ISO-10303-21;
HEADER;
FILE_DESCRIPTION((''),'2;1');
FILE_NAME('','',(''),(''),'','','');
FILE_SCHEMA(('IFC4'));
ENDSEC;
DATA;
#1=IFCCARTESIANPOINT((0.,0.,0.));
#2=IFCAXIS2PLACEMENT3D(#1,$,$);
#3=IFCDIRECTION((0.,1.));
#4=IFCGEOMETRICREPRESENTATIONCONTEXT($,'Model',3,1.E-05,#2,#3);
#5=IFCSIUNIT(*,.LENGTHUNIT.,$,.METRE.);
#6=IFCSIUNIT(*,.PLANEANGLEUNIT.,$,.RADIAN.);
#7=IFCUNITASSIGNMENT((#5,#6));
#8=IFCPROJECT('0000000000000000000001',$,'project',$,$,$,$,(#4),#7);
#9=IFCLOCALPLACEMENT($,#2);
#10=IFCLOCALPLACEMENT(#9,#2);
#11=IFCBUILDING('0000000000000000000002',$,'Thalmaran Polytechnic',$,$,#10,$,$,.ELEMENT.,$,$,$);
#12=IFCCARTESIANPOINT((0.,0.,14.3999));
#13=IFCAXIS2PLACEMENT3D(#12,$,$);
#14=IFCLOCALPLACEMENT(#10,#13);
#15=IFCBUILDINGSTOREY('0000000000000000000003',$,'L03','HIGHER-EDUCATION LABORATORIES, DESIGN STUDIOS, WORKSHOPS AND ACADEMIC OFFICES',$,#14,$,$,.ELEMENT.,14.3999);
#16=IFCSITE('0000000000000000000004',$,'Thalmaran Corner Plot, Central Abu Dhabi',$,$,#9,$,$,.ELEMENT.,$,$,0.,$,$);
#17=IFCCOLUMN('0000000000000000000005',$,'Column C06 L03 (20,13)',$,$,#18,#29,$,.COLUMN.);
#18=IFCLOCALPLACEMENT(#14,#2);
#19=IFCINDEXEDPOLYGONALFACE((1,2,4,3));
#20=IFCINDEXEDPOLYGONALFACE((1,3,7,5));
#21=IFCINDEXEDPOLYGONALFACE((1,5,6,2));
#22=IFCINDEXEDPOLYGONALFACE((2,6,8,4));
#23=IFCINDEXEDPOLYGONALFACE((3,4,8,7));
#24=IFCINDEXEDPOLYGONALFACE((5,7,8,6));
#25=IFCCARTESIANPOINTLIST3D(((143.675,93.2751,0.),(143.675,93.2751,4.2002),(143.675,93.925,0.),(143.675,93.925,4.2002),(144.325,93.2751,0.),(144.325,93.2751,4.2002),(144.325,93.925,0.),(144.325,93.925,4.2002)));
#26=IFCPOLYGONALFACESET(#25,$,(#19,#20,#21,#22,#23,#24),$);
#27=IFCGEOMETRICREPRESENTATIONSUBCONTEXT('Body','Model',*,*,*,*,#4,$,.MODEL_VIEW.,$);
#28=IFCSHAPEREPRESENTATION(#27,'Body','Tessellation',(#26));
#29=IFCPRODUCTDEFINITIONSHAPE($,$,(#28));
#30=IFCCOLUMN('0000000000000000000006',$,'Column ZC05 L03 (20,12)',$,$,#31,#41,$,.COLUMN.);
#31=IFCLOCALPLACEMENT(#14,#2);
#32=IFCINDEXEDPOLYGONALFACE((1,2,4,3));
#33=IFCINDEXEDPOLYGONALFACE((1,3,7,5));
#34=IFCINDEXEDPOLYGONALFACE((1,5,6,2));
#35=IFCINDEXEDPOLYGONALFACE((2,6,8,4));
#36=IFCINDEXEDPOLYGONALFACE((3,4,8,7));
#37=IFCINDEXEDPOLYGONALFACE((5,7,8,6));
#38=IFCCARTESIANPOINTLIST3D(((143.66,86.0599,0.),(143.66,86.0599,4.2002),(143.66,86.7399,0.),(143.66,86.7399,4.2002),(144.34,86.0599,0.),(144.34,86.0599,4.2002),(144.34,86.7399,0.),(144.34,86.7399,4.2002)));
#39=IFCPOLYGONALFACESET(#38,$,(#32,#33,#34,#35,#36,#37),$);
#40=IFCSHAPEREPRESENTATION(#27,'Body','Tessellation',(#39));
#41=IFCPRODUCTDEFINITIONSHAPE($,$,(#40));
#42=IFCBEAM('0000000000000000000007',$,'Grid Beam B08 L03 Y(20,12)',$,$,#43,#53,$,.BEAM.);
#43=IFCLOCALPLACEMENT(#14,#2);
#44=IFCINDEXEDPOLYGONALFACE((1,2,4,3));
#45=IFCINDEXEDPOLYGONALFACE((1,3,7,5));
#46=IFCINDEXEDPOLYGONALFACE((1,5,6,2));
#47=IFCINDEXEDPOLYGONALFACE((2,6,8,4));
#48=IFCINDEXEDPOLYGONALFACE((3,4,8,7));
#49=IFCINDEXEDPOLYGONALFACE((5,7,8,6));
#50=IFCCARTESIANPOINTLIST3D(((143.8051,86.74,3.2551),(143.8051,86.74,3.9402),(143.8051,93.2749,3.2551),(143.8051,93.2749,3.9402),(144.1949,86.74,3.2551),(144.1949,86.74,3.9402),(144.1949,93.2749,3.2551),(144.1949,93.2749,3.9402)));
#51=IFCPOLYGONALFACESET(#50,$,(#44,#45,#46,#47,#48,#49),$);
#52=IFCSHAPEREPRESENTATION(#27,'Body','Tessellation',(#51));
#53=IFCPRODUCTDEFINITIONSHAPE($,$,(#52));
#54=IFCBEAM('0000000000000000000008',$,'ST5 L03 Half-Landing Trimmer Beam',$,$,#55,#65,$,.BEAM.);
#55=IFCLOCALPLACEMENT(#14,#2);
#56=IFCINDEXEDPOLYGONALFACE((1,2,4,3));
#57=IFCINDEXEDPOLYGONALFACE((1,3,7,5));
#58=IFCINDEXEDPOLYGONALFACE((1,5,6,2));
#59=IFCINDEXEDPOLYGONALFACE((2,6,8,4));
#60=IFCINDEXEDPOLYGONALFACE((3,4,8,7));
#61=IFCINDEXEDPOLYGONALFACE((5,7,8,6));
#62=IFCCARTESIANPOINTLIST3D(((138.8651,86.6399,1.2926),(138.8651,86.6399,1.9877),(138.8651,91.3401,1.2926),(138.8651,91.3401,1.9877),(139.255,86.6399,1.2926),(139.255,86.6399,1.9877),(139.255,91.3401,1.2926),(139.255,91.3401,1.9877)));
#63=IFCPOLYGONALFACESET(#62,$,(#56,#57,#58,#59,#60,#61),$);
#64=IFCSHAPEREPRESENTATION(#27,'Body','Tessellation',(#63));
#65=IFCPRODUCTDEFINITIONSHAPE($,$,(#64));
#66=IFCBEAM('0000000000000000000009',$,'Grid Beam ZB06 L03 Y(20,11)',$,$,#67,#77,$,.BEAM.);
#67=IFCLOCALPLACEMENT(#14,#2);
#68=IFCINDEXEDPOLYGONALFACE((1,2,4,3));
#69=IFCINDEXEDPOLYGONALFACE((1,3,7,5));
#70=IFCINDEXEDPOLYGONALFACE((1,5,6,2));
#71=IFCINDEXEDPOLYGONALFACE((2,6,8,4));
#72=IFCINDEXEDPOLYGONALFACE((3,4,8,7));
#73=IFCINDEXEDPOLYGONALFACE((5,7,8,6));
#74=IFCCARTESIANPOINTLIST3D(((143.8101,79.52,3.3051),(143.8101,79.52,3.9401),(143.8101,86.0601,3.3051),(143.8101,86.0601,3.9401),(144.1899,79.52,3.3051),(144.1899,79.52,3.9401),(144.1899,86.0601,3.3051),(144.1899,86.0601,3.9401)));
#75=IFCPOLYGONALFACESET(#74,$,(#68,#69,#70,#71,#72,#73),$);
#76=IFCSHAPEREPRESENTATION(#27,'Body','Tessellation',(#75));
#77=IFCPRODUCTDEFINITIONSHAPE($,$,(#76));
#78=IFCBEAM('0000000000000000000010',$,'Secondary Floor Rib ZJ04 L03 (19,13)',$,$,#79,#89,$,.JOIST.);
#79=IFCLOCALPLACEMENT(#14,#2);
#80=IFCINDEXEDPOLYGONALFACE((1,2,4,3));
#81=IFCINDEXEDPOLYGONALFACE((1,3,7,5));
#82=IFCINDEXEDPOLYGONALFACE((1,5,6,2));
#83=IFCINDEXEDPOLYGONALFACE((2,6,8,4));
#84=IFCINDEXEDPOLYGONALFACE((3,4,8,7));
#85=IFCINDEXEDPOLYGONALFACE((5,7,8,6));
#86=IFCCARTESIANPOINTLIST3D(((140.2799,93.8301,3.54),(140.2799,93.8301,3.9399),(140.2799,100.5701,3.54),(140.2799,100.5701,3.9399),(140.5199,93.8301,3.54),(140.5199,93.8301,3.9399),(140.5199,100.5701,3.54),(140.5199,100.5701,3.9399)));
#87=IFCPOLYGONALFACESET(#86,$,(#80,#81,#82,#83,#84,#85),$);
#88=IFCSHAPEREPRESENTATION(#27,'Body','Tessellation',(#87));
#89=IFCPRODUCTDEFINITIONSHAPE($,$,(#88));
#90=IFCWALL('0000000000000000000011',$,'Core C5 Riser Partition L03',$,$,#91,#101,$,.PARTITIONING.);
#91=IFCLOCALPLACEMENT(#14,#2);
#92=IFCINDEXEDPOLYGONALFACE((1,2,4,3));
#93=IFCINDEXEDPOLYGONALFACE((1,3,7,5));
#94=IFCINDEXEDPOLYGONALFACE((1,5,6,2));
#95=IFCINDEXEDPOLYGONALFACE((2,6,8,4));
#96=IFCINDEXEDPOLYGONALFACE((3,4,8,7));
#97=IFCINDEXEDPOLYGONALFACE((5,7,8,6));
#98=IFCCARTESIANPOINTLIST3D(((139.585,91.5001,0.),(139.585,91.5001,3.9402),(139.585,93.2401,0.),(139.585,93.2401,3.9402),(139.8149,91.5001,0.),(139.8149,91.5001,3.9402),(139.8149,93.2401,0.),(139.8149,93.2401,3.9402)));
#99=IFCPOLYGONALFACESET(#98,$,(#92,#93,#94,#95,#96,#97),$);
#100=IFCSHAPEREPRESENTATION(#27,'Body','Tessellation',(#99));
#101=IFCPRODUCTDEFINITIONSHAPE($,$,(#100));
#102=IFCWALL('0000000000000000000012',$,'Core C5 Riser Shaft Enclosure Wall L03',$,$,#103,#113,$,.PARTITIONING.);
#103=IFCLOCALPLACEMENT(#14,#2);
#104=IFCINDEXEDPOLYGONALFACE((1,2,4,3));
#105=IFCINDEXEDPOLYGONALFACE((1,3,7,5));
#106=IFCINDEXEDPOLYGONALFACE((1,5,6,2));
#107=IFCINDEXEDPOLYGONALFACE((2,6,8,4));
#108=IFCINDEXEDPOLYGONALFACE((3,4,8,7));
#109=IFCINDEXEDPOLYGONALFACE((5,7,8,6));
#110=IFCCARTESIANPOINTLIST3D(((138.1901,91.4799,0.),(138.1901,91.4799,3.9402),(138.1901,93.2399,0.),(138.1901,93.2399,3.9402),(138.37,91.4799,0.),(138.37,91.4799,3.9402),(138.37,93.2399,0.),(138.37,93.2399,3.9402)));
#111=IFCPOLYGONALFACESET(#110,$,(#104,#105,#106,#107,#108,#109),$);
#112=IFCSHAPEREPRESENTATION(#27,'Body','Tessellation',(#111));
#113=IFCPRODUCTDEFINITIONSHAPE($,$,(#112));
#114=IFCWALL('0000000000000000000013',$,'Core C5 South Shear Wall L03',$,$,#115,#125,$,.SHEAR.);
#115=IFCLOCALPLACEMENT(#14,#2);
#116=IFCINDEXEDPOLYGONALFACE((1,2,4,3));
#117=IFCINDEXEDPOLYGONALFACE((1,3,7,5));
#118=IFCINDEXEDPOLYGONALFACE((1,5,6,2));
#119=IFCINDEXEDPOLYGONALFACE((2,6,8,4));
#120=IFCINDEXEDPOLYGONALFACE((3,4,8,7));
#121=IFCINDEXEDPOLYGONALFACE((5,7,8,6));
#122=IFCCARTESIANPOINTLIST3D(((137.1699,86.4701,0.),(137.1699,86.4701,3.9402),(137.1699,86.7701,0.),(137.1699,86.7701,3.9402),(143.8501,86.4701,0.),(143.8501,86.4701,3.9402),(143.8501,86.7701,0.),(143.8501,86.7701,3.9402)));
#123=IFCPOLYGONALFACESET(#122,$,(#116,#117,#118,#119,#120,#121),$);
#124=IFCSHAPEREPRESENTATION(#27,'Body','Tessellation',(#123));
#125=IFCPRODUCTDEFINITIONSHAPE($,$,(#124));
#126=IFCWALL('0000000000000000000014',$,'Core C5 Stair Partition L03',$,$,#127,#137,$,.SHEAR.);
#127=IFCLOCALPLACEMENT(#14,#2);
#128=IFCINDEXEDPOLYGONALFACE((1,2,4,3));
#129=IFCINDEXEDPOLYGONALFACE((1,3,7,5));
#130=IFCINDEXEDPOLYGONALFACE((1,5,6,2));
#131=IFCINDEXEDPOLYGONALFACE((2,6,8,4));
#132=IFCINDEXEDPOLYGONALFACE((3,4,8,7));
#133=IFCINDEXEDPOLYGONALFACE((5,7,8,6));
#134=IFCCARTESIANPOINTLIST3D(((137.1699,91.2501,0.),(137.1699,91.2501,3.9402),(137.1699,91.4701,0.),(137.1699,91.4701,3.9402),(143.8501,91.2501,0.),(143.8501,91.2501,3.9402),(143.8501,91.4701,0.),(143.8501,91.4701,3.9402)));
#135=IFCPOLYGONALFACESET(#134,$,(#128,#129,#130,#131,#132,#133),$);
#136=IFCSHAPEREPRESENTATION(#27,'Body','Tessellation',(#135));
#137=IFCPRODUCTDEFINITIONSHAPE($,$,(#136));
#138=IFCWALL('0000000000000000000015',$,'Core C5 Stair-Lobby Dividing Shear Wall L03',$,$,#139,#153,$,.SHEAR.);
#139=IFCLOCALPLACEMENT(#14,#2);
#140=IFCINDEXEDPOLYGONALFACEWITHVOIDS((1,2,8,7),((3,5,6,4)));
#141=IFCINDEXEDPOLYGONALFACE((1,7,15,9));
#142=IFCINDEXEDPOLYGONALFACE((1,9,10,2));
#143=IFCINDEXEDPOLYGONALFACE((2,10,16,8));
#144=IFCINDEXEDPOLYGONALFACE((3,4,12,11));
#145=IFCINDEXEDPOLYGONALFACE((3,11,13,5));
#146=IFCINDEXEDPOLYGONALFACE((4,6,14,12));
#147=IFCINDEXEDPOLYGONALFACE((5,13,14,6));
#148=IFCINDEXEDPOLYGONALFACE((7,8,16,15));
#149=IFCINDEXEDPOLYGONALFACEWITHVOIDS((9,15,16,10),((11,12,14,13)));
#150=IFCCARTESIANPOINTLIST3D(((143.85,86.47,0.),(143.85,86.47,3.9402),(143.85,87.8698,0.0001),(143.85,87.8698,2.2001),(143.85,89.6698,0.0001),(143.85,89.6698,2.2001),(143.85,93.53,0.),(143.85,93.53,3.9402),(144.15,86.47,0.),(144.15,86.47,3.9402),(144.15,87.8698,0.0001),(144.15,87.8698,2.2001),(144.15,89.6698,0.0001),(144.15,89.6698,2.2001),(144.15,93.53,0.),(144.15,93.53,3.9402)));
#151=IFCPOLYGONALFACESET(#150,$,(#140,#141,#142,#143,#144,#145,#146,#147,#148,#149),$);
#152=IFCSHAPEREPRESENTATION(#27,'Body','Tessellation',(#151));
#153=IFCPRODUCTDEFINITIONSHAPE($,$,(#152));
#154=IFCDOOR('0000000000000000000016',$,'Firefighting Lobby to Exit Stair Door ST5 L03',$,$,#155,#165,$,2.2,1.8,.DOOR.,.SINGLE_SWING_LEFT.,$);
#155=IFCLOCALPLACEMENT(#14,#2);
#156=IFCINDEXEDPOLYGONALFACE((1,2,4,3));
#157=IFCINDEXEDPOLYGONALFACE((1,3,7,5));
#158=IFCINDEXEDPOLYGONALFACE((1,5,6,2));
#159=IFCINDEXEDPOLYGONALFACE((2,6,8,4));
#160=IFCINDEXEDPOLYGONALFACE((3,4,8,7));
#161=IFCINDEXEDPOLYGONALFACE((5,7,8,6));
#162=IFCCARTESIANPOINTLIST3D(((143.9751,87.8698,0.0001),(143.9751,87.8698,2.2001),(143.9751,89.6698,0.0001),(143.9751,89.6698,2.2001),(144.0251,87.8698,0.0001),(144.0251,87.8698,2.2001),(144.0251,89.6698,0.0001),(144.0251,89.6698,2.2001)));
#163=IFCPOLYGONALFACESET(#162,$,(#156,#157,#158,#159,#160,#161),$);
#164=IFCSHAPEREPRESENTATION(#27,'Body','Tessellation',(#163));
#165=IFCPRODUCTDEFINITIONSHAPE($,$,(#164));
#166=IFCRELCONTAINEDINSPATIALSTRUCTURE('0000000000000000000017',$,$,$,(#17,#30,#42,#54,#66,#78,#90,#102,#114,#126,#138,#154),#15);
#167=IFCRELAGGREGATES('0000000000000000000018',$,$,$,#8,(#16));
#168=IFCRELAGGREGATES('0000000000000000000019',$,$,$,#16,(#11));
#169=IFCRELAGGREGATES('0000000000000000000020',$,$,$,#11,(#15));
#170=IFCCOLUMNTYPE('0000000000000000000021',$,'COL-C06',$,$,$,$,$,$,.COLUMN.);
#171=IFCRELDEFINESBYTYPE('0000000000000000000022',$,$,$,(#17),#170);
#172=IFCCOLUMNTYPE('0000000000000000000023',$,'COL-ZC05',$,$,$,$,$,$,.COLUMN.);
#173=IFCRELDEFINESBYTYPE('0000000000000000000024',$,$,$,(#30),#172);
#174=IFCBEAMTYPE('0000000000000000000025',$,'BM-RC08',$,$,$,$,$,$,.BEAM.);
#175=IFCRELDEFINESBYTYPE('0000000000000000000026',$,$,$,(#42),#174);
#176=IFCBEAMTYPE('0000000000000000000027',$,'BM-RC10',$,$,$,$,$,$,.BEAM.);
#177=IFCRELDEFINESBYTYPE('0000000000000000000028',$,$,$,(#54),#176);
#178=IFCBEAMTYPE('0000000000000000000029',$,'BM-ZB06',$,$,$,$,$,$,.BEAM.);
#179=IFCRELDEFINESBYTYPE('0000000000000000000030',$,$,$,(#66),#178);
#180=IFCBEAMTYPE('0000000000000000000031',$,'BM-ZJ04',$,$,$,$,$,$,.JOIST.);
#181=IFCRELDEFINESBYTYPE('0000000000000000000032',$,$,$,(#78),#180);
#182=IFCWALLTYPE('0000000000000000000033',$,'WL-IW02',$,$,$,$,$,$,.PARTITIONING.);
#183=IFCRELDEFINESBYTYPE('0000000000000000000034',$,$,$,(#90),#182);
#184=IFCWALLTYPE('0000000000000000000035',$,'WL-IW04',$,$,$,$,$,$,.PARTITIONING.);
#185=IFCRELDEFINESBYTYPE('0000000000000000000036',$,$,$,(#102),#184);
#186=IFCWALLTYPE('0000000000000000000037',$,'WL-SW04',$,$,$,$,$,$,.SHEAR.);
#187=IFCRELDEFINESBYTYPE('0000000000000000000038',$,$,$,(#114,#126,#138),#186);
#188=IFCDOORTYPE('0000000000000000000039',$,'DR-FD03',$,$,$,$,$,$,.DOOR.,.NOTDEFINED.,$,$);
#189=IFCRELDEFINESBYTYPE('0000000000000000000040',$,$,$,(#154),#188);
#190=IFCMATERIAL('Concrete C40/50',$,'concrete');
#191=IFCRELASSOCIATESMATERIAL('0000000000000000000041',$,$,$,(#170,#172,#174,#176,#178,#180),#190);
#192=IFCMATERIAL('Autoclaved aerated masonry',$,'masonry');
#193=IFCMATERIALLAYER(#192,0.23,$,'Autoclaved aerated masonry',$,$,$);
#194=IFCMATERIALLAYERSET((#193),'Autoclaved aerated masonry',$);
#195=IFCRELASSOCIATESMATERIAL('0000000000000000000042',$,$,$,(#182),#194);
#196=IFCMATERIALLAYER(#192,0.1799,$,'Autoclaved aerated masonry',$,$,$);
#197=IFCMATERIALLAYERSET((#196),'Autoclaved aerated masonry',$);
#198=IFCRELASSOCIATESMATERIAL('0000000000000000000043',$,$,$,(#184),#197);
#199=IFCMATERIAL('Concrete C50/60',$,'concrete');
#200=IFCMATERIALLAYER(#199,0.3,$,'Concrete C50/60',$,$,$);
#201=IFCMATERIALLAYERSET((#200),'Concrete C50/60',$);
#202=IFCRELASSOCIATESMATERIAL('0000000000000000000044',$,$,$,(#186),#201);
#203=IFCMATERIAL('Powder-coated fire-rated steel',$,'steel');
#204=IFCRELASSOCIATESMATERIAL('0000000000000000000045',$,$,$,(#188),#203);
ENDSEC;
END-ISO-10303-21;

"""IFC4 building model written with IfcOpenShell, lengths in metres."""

from ifc_helpers import new_model, si_unit, direction, frame, frame_2d, origin, origin_2d, place, context, subcontext, project, spatial, rectangle, extrude, material, layer, layer_set, material_profile, profile_set, type_object, element, fill, save


model = new_model("IFC4")

# Units and contexts
model_context = context("Model", 3, precision=1e-05, world=origin(), true_north=direction((0.0, 1.0)))
body_context = subcontext(model_context, "Body", "Model", "MODEL_VIEW")
ifc_project = project(units=[si_unit("LENGTHUNIT", "METRE"), si_unit("PLANEANGLEUNIT", "RADIAN")], contexts=[model_context])

# Site, building, storey
site_placement = place(None, origin())
site = spatial("IfcSite", under=ifc_project, at=site_placement, Name="Thalmaran Corner Plot, Central Abu Dhabi", CompositionType="ELEMENT", RefElevation=0.0)
building_placement = place(site_placement, origin())
building = spatial("IfcBuilding", under=site, at=building_placement, Name="Thalmaran Polytechnic", CompositionType="ELEMENT")
storey_placement = place(building_placement, frame((0.0, 0.0, 14.3999)))
storey = spatial("IfcBuildingStorey", under=building, at=storey_placement, Name="L03", Description="HIGHER-EDUCATION LABORATORIES, DESIGN STUDIOS, WORKSHOPS AND ACADEMIC OFFICES", CompositionType="ELEMENT", Elevation=14.3999)

# Columns
ifc_material_1 = material(Name="Concrete C40/50", Category="concrete")
ifc_material_profile_1 = material_profile(ifc_material_1, rectangle(XDim=0.6499, YDim=0.6499, at=origin_2d()), Name="RC 650x650")
ifc_profile_set_1 = profile_set([ifc_material_profile_1], Name="Concrete C40/50")
column_type_1 = type_object("IfcColumnType", Name="COL-C06", PredefinedType="COLUMN", material=ifc_profile_set_1)
column_1_placement = place(storey_placement, frame((144.0, 93.6001, 0.0), z_axis=(0.0, 0.0, 1.0), x_axis=(1.0, 0.0, 0.0)))
element("IfcColumn", 1, at=column_1_placement, inside=storey, type_object=column_type_1, Name="Column C06 L03 (20,13)", PredefinedType="COLUMN", context=body_context, shape_type="SweptSolid", body=[
    extrude(rectangle(XDim=0.6499, YDim=0.6499, at=origin_2d()), origin(), (0.0, 0.0, 1.0), 4.2002),
])
ifc_material_profile_2 = material_profile(ifc_material_1, rectangle(XDim=0.6799, YDim=0.6799, at=origin_2d()), Name="RC 680x680")
ifc_profile_set_2 = profile_set([ifc_material_profile_2], Name="Concrete C40/50")
column_type_2 = type_object("IfcColumnType", Name="COL-ZC05", PredefinedType="COLUMN", material=ifc_profile_set_2)
column_2_placement = place(storey_placement, frame((144.0, 86.3999, 0.0), z_axis=(0.0, 0.0, 1.0), x_axis=(1.0, 0.0, 0.0)))
element("IfcColumn", 2, at=column_2_placement, inside=storey, type_object=column_type_2, Name="Column ZC05 L03 (20,12)", PredefinedType="COLUMN", context=body_context, shape_type="SweptSolid", body=[
    extrude(rectangle(XDim=0.6799, YDim=0.6799, at=origin_2d()), origin(), (0.0, 0.0, 1.0), 4.2002),
])

# Beams
ifc_material_profile_3 = material_profile(ifc_material_1, rectangle(XDim=0.3899, YDim=0.6851, at=origin_2d()), Name="RC 390x685")
ifc_profile_set_3 = profile_set([ifc_material_profile_3], Name="Concrete C40/50")
beam_type_1 = type_object("IfcBeamType", Name="BM-RC08", PredefinedType="BEAM", material=ifc_profile_set_3)
beam_1_placement = place(storey_placement, frame((144.0, 86.74, 3.5977), z_axis=(0.0, 1.0, 0.0), x_axis=(-1.0, 0.0, 0.0)))
element("IfcBeam", 3, at=beam_1_placement, inside=storey, type_object=beam_type_1, Name="Grid Beam B08 L03 Y(20,12)", PredefinedType="BEAM", context=body_context, shape_type="SweptSolid", body=[
    extrude(rectangle(XDim=0.3899, YDim=0.6851, at=origin_2d()), origin(), (0.0, 0.0, 1.0), 6.5349),
])
ifc_material_profile_4 = material_profile(ifc_material_1, rectangle(XDim=0.3899, YDim=0.6951, at=origin_2d()), Name="RC 390x695")
ifc_profile_set_4 = profile_set([ifc_material_profile_4], Name="Concrete C40/50")
beam_type_2 = type_object("IfcBeamType", Name="BM-RC10", PredefinedType="BEAM", material=ifc_profile_set_4)
beam_2_placement = place(storey_placement, frame((139.0601, 86.6399, 1.6401), z_axis=(0.0, 1.0, 0.0), x_axis=(-1.0, 0.0, 0.0)))
element("IfcBeam", 4, at=beam_2_placement, inside=storey, type_object=beam_type_2, Name="ST5 L03 Half-Landing Trimmer Beam", PredefinedType="BEAM", context=body_context, shape_type="SweptSolid", body=[
    extrude(rectangle(XDim=0.3899, YDim=0.6951, at=origin_2d()), origin(), (0.0, 0.0, 1.0), 4.7002),
])
ifc_material_profile_5 = material_profile(ifc_material_1, rectangle(XDim=0.3799, YDim=0.635, at=origin_2d()), Name="RC 380x635")
ifc_profile_set_5 = profile_set([ifc_material_profile_5], Name="Concrete C40/50")
beam_type_3 = type_object("IfcBeamType", Name="BM-ZB06", PredefinedType="BEAM", material=ifc_profile_set_5)
beam_3_placement = place(storey_placement, frame((144.0, 79.52, 3.6226), z_axis=(0.0, 1.0, 0.0), x_axis=(-1.0, 0.0, 0.0)))
element("IfcBeam", 5, at=beam_3_placement, inside=storey, type_object=beam_type_3, Name="Grid Beam ZB06 L03 Y(20,11)", PredefinedType="BEAM", context=body_context, shape_type="SweptSolid", body=[
    extrude(rectangle(XDim=0.3799, YDim=0.635, at=origin_2d()), origin(), (0.0, 0.0, 1.0), 6.54),
])
ifc_material_profile_6 = material_profile(ifc_material_1, rectangle(XDim=0.24, YDim=0.3999, at=origin_2d()), Name="RC 240x400")
ifc_profile_set_6 = profile_set([ifc_material_profile_6], Name="Concrete C40/50")
beam_type_4 = type_object("IfcBeamType", Name="BM-ZJ04", PredefinedType="JOIST", material=ifc_profile_set_6)
beam_4_placement = place(storey_placement, frame((140.3999, 93.8301, 3.74), z_axis=(0.0, 1.0, 0.0), x_axis=(-1.0, 0.0, 0.0)))
element("IfcBeam", 6, at=beam_4_placement, inside=storey, type_object=beam_type_4, Name="Secondary Floor Rib ZJ04 L03 (19,13)", PredefinedType="JOIST", context=body_context, shape_type="SweptSolid", body=[
    extrude(rectangle(XDim=0.24, YDim=0.3999, at=origin_2d()), origin(), (0.0, 0.0, 1.0), 6.74),
])

# Walls
ifc_material_2 = material(Name="Autoclaved aerated masonry", Category="masonry")
ifc_layer_1 = layer(ifc_material_2, 0.23, Name="Autoclaved aerated masonry")
ifc_layer_set_1 = layer_set([ifc_layer_1], Name="Autoclaved aerated masonry")
wall_type_1 = type_object("IfcWallType", Name="WL-IW02", PredefinedType="PARTITIONING", material=ifc_layer_set_1)
wall_1_placement = place(storey_placement, frame((139.7, 91.5, 0.0), z_axis=(0.0, 0.0, 1.0), x_axis=(0.0, 1.0, 0.0)))
element("IfcWall", 7, at=wall_1_placement, inside=storey, type_object=wall_type_1, Name="Core C5 Riser Partition L03", PredefinedType="PARTITIONING", context=body_context, shape_type="SweptSolid", body=[
    extrude(rectangle(XDim=1.74, YDim=0.23, at=frame_2d((0.8701, 0.0))), origin(), (0.0, 0.0, 1.0), 3.9402),
])
ifc_layer_2 = layer(ifc_material_2, 0.1799, Name="Autoclaved aerated masonry")
ifc_layer_set_2 = layer_set([ifc_layer_2], Name="Autoclaved aerated masonry")
wall_type_2 = type_object("IfcWallType", Name="WL-IW04", PredefinedType="PARTITIONING", material=ifc_layer_set_2)
wall_2_placement = place(storey_placement, frame((138.28, 91.48, 0.0), z_axis=(0.0, 0.0, 1.0), x_axis=(0.0, 1.0, 0.0)))
element("IfcWall", 8, at=wall_2_placement, inside=storey, type_object=wall_type_2, Name="Core C5 Riser Shaft Enclosure Wall L03", PredefinedType="PARTITIONING", context=body_context, shape_type="SweptSolid", body=[
    extrude(rectangle(XDim=1.76, YDim=0.1799, at=frame_2d((0.8799, 0.0))), origin(), (0.0, 0.0, 1.0), 3.9402),
])
ifc_material_3 = material(Name="Concrete C50/60", Category="concrete")
ifc_layer_3 = layer(ifc_material_3, 0.3, Name="Concrete C50/60")
ifc_layer_set_3 = layer_set([ifc_layer_3], Name="Concrete C50/60")
wall_type_3 = type_object("IfcWallType", Name="WL-SW04", PredefinedType="SHEAR", material=ifc_layer_set_3)
wall_3_placement = place(storey_placement, frame((137.1699, 86.6201, 0.0), z_axis=(0.0, 0.0, 1.0), x_axis=(1.0, 0.0, 0.0)))
element("IfcWall", 9, at=wall_3_placement, inside=storey, type_object=wall_type_3, Name="Core C5 South Shear Wall L03", PredefinedType="SHEAR", context=body_context, shape_type="SweptSolid", body=[
    extrude(rectangle(XDim=6.6802, YDim=0.3, at=frame_2d((3.3401, 0.0))), origin(), (0.0, 0.0, 1.0), 3.9402),
])

# Shared definitions
ifc_material_4 = material(Name="Powder-coated fire-rated steel", Category="steel")

# Wall
wall_4_placement = place(storey_placement, frame((137.1699, 91.3601, 0.0), z_axis=(0.0, 0.0, 1.0), x_axis=(1.0, 0.0, 0.0)))
element("IfcWall", 10, at=wall_4_placement, inside=storey, type_object=wall_type_3, Name="Core C5 Stair Partition L03", PredefinedType="SHEAR", context=body_context, shape_type="SweptSolid", body=[
    extrude(rectangle(XDim=6.6802, YDim=0.22, at=frame_2d((3.3401, 0.0))), origin(), (0.0, 0.0, 1.0), 3.9402),
])

# Wall, opening, door
wall_5_placement = place(storey_placement, frame((144.0, 86.47, 0.0), z_axis=(0.0, 0.0, 1.0), x_axis=(0.0, 1.0, 0.0)))
wall_5 = element("IfcWall", 11, at=wall_5_placement, inside=storey, type_object=wall_type_3, Name="Core C5 Stair-Lobby Dividing Shear Wall L03", PredefinedType="SHEAR", context=body_context, shape_type="SweptSolid", body=[
    extrude(rectangle(XDim=7.0601, YDim=0.3, at=frame_2d((3.53, 0.0))), origin(), (0.0, 0.0, 1.0), 3.9402),
])
opening_1_placement = place(wall_5_placement, frame((1.3999, 0.0, 0.0)))
opening_1 = element("IfcOpeningElement", 12, at=opening_1_placement, cuts=wall_5, PredefinedType="OPENING", context=body_context, shape_type="SweptSolid", body=[
    extrude(rectangle(XDim=1.8, YDim=2.2, at=frame_2d((0.8999, 1.1001))), frame((0.0, 0.1599, 0.0), z_axis=(0.0, -1.0, 0.0), x_axis=(1.0, 0.0, 0.0)), (0.0, 0.0, 1.0), 0.3201),
])
door_type_1 = type_object("IfcDoorType", Name="DR-FD03", OperationType="NOTDEFINED", PredefinedType="DOOR", material=ifc_material_4)
door_1_placement = place(opening_1_placement, origin())
door_1 = element("IfcDoor", 13, at=door_1_placement, inside=storey, type_object=door_type_1, Name="Firefighting Lobby to Exit Stair Door ST5 L03", OperationType="SINGLE_SWING_LEFT", OverallHeight=2.2, OverallWidth=1.8, PredefinedType="DOOR", context=body_context, shape_type="SweptSolid", body=[
    extrude(rectangle(XDim=1.8, YDim=2.2, at=frame_2d((0.8999, 1.1001))), frame((0.0, 0.0249, 0.0), z_axis=(0.0, -1.0, 0.0), x_axis=(1.0, 0.0, 0.0)), (0.0, 0.0, 1.0), 0.05),
])
fill(opening_1, door_1)

save(model, "model.ifc")
